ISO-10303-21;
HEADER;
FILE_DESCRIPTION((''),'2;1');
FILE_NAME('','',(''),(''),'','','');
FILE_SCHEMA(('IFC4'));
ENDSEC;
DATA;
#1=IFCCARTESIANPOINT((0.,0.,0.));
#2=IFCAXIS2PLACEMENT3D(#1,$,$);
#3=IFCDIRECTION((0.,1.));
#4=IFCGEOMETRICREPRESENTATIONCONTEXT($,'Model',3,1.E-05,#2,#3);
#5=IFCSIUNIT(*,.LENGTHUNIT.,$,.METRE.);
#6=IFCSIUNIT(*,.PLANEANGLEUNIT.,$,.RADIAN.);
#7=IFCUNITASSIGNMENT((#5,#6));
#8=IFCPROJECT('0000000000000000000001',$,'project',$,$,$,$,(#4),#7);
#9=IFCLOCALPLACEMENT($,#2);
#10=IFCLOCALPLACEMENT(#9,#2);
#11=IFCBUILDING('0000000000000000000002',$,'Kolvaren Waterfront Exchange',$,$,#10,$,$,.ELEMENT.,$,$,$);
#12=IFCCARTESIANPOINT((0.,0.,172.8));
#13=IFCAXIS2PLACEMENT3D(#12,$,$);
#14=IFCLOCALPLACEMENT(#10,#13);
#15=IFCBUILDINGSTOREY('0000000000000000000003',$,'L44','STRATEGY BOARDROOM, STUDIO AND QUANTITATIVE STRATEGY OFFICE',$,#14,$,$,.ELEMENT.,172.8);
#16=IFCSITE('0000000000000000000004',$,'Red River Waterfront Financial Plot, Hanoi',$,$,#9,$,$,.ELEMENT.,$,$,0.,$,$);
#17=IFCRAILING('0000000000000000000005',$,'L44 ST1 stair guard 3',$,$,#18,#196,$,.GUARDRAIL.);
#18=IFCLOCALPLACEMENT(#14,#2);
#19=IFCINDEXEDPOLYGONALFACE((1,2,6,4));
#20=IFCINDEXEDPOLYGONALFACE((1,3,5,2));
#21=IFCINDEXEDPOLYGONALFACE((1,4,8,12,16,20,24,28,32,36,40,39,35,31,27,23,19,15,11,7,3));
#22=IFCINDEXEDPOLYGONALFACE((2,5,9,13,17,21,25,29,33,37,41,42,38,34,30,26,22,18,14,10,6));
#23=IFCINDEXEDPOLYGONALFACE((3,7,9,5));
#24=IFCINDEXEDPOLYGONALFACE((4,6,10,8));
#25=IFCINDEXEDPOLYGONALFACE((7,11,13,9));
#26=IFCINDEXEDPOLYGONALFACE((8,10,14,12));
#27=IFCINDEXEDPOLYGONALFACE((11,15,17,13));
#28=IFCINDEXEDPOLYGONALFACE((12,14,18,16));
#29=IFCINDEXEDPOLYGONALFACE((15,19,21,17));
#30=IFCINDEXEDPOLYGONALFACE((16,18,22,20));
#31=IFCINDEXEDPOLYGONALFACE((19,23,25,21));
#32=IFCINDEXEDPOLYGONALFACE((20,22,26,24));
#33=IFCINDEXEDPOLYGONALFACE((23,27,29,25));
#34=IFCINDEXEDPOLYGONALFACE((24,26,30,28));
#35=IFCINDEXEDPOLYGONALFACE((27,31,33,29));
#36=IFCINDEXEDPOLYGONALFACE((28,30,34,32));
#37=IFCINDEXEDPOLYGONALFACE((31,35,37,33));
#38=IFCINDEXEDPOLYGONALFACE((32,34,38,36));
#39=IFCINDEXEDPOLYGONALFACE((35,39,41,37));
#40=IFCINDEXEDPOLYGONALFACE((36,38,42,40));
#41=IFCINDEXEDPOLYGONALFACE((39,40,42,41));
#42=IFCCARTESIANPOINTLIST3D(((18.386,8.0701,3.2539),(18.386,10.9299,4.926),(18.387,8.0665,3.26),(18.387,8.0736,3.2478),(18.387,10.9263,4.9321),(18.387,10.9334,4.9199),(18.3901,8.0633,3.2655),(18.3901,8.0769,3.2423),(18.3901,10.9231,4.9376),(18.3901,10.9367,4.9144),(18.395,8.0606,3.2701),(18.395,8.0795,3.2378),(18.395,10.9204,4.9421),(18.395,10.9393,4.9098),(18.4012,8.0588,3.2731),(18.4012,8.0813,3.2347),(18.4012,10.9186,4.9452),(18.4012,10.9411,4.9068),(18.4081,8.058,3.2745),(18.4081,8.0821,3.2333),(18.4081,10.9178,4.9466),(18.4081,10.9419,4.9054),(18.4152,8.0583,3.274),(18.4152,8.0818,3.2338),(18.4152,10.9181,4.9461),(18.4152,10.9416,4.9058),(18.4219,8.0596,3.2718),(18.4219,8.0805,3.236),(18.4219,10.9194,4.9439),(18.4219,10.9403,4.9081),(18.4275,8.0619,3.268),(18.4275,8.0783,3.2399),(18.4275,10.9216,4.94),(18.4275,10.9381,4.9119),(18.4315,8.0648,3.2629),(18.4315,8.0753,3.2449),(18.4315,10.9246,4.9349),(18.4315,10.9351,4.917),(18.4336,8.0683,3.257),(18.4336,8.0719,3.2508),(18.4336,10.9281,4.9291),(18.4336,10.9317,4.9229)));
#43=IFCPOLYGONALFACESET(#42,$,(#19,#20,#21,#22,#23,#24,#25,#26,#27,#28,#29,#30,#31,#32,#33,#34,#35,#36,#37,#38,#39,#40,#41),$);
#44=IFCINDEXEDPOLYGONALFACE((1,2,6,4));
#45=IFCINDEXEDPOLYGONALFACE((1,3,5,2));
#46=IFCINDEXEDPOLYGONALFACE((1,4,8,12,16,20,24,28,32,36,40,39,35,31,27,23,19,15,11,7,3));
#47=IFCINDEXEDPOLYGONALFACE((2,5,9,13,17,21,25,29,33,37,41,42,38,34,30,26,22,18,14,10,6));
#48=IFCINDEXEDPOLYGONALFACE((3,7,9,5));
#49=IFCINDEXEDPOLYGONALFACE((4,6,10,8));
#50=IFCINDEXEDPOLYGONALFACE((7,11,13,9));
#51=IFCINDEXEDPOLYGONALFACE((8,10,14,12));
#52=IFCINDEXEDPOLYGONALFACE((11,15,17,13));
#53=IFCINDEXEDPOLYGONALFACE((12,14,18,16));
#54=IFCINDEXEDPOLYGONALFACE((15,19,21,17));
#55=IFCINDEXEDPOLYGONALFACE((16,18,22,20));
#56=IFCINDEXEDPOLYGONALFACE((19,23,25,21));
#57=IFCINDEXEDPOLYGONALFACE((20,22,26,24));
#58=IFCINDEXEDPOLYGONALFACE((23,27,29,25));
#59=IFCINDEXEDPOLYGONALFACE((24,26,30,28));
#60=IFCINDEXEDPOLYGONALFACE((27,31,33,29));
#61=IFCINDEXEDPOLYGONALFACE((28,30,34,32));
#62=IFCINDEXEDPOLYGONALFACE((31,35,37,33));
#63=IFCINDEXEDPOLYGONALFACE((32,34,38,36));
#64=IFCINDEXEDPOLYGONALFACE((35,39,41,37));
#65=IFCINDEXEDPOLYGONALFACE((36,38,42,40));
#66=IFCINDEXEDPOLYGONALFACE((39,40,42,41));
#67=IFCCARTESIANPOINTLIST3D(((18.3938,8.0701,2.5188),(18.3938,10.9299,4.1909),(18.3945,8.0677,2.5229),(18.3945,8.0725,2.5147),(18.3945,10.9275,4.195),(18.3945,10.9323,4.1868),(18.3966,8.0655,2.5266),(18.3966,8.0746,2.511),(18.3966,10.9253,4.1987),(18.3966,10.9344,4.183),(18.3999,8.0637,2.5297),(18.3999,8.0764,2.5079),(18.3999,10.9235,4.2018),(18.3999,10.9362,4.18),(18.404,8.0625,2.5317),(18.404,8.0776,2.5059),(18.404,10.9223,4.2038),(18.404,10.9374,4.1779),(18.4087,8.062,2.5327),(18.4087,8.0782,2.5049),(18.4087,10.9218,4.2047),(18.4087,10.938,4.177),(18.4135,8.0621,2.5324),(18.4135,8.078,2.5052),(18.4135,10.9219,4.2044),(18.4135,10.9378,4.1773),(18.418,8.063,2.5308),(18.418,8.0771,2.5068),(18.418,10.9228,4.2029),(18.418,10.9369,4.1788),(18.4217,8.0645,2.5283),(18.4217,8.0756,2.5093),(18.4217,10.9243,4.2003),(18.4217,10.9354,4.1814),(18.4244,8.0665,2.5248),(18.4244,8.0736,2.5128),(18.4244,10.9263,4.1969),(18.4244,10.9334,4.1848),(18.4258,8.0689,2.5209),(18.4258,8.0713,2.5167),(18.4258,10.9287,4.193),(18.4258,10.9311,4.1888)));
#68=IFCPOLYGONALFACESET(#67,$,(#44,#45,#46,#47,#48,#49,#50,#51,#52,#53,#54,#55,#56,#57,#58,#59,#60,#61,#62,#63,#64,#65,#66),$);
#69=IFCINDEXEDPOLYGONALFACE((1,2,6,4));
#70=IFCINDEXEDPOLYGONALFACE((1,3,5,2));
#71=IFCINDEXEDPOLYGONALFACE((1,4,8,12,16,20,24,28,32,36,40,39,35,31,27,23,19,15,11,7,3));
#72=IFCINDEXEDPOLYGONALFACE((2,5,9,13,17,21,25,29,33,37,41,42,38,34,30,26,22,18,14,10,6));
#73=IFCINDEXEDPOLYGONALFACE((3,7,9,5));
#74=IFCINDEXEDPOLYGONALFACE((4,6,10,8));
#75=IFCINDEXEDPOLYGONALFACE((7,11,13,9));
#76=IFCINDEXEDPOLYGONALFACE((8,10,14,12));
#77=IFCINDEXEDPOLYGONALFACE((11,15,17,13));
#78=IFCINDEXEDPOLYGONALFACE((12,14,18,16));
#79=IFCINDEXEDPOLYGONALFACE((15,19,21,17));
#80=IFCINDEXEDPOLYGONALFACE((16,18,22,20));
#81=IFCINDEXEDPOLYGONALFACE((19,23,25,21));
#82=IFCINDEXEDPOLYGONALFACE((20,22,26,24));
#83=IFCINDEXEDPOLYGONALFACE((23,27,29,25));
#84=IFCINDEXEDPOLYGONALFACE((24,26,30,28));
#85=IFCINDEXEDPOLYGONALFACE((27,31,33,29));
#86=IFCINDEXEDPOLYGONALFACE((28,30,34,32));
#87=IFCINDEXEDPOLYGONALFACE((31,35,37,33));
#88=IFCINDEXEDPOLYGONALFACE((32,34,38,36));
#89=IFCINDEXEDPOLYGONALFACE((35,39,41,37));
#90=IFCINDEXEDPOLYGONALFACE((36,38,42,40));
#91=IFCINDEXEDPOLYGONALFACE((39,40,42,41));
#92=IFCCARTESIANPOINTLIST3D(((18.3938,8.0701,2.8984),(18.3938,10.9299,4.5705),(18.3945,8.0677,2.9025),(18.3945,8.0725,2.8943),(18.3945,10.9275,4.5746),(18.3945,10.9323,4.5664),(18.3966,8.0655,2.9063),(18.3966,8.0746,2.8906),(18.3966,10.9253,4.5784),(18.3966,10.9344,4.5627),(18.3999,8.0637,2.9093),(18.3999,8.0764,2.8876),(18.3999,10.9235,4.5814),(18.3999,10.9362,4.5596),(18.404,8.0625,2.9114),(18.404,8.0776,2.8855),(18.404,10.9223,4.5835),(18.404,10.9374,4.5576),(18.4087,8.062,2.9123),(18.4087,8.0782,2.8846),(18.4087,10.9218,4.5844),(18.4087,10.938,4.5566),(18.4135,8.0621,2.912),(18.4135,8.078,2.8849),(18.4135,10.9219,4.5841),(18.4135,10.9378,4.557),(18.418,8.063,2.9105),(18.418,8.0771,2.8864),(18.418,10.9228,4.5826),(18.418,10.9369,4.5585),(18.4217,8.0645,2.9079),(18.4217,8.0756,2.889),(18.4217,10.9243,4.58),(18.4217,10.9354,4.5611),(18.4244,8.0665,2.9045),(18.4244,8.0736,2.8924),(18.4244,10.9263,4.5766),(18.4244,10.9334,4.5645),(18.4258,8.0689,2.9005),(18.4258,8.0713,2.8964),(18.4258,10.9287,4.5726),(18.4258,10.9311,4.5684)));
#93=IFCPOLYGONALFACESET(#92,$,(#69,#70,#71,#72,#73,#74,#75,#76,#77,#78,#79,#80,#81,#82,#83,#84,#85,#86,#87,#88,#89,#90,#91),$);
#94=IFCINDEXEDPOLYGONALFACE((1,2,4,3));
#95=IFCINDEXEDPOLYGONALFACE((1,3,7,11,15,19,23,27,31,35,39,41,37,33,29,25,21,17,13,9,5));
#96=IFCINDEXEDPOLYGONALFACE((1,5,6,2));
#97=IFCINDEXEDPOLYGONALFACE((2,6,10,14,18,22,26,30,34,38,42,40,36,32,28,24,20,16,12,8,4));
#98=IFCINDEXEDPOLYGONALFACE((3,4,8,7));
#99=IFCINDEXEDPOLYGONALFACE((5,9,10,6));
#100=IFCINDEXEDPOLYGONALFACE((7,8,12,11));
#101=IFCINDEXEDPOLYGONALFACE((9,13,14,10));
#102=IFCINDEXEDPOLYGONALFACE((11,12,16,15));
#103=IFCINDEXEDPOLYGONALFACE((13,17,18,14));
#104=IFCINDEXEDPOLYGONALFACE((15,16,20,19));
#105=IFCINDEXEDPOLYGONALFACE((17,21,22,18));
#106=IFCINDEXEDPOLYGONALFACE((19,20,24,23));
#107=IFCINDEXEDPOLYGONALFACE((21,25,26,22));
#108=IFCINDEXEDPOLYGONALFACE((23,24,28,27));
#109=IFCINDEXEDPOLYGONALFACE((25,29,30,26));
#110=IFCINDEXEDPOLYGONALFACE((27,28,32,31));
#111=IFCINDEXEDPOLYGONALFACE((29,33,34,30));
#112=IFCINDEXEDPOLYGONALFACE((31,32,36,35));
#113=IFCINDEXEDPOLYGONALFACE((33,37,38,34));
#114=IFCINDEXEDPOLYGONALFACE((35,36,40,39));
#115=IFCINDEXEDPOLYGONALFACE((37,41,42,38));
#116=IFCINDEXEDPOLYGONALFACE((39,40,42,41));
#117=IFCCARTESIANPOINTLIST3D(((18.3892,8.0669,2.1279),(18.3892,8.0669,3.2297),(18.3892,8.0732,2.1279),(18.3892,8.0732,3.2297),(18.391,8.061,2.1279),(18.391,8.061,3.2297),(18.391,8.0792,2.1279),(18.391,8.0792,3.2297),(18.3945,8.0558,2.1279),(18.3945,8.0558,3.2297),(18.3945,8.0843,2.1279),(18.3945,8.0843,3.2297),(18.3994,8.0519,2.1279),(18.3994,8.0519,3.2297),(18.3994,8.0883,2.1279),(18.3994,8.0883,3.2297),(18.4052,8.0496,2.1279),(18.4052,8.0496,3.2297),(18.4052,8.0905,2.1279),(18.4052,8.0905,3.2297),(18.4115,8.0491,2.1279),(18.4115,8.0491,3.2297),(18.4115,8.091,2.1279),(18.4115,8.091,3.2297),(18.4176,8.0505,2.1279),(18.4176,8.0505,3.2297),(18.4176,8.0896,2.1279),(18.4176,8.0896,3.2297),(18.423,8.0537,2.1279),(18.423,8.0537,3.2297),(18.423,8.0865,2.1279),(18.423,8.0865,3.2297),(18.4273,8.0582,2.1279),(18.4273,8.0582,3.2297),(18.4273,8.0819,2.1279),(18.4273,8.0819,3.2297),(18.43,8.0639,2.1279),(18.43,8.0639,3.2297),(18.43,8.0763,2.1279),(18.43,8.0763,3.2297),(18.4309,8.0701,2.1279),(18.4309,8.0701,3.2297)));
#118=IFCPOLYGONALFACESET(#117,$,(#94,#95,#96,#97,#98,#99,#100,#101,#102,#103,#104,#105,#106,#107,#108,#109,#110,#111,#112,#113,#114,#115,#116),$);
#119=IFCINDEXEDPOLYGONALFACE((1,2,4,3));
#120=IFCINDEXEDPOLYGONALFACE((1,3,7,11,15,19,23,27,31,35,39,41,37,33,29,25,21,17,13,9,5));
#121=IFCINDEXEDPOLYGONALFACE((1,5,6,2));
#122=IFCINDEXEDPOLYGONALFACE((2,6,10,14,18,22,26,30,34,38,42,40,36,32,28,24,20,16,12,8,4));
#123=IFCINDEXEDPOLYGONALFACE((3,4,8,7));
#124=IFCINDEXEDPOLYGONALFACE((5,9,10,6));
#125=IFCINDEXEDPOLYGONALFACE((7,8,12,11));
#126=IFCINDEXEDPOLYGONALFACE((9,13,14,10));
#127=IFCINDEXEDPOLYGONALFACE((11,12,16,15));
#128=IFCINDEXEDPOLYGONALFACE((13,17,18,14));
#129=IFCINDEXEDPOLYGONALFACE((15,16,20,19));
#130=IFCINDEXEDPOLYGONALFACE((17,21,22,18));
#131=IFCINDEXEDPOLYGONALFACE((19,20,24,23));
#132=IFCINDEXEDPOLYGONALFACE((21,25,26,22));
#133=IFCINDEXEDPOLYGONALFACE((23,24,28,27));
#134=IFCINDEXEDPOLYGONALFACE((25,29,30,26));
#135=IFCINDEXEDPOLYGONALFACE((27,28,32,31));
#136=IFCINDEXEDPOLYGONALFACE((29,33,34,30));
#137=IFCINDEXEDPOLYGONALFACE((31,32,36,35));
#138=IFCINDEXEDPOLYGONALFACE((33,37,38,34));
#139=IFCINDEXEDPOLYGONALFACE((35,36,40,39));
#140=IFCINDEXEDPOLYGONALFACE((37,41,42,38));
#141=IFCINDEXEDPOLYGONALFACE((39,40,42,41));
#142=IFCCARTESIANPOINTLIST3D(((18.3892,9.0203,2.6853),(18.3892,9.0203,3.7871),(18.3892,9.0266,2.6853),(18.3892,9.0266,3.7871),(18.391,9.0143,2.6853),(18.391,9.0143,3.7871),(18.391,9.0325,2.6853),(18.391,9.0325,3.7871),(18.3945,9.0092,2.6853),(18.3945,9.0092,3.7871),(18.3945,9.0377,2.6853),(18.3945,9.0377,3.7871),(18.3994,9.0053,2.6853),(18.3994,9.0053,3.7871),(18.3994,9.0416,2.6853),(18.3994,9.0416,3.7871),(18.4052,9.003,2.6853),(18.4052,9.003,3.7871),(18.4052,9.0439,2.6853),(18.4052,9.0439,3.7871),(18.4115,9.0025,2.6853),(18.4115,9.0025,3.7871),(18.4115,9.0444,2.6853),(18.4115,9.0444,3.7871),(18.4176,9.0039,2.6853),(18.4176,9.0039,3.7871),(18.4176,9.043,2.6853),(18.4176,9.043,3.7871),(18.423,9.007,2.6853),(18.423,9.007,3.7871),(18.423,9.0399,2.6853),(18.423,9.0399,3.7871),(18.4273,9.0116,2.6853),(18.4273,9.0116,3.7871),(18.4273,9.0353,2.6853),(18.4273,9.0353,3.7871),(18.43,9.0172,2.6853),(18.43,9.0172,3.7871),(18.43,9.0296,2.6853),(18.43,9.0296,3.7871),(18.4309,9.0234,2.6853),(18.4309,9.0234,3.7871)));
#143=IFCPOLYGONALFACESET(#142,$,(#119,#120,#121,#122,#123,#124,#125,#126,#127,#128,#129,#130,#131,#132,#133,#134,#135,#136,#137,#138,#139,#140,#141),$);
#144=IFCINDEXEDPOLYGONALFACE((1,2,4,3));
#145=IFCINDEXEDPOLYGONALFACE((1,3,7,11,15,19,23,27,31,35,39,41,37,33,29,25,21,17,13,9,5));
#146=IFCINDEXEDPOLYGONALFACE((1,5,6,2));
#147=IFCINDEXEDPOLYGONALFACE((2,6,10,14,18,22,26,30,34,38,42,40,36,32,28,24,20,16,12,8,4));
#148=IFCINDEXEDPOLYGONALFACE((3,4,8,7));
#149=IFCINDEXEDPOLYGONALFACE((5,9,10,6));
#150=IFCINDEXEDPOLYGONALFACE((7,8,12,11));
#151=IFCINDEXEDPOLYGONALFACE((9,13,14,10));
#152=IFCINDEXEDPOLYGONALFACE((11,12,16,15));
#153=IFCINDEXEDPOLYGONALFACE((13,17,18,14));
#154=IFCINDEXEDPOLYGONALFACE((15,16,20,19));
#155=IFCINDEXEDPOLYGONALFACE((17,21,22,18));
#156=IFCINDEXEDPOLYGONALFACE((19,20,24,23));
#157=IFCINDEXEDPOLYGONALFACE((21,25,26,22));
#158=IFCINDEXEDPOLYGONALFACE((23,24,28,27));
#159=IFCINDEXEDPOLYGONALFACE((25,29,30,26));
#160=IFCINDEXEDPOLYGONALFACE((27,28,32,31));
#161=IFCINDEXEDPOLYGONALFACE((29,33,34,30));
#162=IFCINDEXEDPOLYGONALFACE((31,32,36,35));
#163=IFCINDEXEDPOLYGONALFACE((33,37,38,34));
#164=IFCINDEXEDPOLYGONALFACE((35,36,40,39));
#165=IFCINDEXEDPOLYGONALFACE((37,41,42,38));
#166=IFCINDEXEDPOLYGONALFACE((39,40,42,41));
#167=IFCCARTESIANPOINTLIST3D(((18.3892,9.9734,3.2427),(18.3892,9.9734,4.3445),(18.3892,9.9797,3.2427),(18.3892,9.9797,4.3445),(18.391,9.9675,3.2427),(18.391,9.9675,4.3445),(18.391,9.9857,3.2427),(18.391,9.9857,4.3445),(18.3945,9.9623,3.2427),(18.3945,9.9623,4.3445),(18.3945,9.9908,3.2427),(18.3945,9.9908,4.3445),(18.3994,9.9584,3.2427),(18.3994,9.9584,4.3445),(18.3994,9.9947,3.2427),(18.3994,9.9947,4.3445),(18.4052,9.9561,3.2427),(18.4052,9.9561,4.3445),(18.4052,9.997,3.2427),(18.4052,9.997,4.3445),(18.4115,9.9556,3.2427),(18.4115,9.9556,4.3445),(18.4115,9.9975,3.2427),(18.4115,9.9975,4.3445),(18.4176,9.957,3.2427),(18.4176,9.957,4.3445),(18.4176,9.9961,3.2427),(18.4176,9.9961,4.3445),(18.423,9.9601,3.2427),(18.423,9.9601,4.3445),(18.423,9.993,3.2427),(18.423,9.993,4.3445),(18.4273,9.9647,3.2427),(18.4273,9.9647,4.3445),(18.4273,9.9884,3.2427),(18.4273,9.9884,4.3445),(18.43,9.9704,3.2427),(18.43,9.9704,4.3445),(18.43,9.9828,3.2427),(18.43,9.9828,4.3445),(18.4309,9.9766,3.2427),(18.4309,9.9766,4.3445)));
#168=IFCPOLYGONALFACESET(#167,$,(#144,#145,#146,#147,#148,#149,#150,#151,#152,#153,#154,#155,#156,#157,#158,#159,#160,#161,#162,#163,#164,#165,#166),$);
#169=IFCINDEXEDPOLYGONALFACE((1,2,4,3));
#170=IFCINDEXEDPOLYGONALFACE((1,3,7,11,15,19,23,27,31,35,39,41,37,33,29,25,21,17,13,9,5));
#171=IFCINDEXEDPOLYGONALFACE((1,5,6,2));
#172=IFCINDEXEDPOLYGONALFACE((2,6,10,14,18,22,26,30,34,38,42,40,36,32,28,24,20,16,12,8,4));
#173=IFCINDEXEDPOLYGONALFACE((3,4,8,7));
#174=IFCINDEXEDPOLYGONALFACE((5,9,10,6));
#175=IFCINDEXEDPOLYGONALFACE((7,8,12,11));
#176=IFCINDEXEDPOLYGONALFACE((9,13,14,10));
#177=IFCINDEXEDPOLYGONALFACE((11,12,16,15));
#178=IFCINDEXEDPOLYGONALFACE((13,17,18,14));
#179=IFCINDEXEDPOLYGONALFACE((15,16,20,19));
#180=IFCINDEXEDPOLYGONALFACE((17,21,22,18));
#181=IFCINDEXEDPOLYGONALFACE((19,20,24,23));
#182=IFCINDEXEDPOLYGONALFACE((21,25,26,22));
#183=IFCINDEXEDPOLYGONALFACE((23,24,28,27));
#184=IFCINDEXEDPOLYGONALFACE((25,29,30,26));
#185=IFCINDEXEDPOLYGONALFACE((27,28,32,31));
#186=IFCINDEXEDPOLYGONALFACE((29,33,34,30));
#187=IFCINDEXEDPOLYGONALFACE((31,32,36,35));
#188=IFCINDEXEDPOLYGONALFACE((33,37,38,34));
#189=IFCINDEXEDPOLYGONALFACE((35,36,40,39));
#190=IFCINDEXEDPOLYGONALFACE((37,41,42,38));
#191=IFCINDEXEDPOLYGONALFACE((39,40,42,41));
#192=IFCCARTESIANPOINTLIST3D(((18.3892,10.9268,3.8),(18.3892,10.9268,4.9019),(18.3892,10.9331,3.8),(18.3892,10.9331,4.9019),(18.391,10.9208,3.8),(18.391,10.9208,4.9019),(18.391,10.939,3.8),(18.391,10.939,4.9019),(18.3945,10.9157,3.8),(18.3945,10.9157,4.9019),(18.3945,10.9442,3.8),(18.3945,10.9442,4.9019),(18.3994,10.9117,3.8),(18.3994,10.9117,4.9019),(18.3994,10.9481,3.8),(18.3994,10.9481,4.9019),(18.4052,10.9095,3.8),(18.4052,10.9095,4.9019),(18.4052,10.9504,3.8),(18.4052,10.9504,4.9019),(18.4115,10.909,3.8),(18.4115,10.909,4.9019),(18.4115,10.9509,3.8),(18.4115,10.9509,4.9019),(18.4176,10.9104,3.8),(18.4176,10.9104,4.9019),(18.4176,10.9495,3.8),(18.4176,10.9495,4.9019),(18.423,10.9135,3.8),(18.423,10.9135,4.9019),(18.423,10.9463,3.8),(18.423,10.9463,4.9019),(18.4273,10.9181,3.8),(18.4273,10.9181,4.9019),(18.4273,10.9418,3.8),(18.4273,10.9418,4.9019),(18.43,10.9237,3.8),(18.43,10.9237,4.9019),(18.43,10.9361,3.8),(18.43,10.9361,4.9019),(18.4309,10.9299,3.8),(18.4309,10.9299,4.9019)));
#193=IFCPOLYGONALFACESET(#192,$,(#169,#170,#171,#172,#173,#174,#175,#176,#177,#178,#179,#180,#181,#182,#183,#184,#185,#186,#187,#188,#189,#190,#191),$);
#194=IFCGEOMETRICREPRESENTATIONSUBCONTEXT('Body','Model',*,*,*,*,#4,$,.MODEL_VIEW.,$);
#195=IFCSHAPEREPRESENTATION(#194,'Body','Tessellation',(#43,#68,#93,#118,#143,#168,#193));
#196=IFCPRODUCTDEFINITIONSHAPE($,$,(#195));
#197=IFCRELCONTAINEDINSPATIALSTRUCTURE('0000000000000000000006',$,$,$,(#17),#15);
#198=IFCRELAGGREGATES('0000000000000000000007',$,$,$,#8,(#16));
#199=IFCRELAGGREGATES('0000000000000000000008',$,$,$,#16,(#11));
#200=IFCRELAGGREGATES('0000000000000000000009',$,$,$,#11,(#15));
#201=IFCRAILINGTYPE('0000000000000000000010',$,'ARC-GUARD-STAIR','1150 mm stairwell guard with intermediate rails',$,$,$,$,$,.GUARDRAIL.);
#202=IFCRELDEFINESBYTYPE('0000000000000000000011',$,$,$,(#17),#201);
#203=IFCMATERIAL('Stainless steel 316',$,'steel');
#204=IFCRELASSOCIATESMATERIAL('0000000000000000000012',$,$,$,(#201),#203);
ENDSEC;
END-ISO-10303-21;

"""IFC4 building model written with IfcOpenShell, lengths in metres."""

from ifc_helpers import new_model, si_unit, direction, frame, origin, origin_2d, place, context, subcontext, project, spatial, circle, extrude, material, type_object, element, save


model = new_model("IFC4")

# Units and contexts
model_context = context("Model", 3, precision=1e-05, world=origin(), true_north=direction((0.0, 1.0)))
body_context = subcontext(model_context, "Body", "Model", "MODEL_VIEW")
ifc_project = project(units=[si_unit("LENGTHUNIT", "METRE"), si_unit("PLANEANGLEUNIT", "RADIAN")], contexts=[model_context])

# Site, building, storey
site_placement = place(None, origin())
site = spatial("IfcSite", under=ifc_project, at=site_placement, Name="Red River Waterfront Financial Plot, Hanoi", CompositionType="ELEMENT", RefElevation=0.0)
building_placement = place(site_placement, origin())
building = spatial("IfcBuilding", under=site, at=building_placement, Name="Kolvaren Waterfront Exchange", CompositionType="ELEMENT")
storey_placement = place(building_placement, frame((0.0, 0.0, 172.8)))
storey = spatial("IfcBuildingStorey", under=building, at=storey_placement, Name="L44", Description="STRATEGY BOARDROOM, STUDIO AND QUANTITATIVE STRATEGY OFFICE", CompositionType="ELEMENT", Elevation=172.8)

# Railing
ifc_material_1 = material(Name="Stainless steel 316", Category="steel")
railing_type_1 = type_object("IfcRailingType", Name="ARC-GUARD-STAIR", Description="1150 mm stairwell guard with intermediate rails", PredefinedType="GUARDRAIL", material=ifc_material_1)
railing_1_placement = place(storey_placement, frame((18.4099, 8.0701, 2.1279)))
element("IfcRailing", 1, at=railing_1_placement, inside=storey, type_object=railing_type_1, Name="L44 ST1 stair guard 3", PredefinedType="GUARDRAIL", context=body_context, shape_type="SweptSolid", body=[
    extrude(circle(Radius=0.0239, at=origin_2d()), frame((0.0, 0.0, 1.126), z_axis=(0.0, 0.863271, 0.504741), x_axis=(-1.0, 0.0, 0.0)), (0.0, 0.0, 1.0), 3.3127),
    extrude(circle(Radius=0.0161, at=origin_2d()), frame((0.0, 0.0, 0.3909), z_axis=(0.0, 0.863271, 0.504741), x_axis=(-1.0, 0.0, 0.0)), (0.0, 0.0, 1.0), 3.3127),
    extrude(circle(Radius=0.0161, at=origin_2d()), frame((0.0, 0.0, 0.7705), z_axis=(0.0, 0.863271, 0.504741), x_axis=(-1.0, 0.0, 0.0)), (0.0, 0.0, 1.0), 3.3127),
    extrude(circle(Radius=0.021, at=origin_2d()), origin(), (0.0, 0.0, 1.0), 1.1018),
    extrude(circle(Radius=0.021, at=origin_2d()), frame((0.0, 0.9534, 0.5574)), (0.0, 0.0, 1.0), 1.1018),
    extrude(circle(Radius=0.021, at=origin_2d()), frame((0.0, 1.9065, 1.1147)), (0.0, 0.0, 1.0), 1.1018),
    extrude(circle(Radius=0.021, at=origin_2d()), frame((0.0, 2.8599, 1.6721)), (0.0, 0.0, 1.0), 1.1018),
])

save(model, "model.ifc")
